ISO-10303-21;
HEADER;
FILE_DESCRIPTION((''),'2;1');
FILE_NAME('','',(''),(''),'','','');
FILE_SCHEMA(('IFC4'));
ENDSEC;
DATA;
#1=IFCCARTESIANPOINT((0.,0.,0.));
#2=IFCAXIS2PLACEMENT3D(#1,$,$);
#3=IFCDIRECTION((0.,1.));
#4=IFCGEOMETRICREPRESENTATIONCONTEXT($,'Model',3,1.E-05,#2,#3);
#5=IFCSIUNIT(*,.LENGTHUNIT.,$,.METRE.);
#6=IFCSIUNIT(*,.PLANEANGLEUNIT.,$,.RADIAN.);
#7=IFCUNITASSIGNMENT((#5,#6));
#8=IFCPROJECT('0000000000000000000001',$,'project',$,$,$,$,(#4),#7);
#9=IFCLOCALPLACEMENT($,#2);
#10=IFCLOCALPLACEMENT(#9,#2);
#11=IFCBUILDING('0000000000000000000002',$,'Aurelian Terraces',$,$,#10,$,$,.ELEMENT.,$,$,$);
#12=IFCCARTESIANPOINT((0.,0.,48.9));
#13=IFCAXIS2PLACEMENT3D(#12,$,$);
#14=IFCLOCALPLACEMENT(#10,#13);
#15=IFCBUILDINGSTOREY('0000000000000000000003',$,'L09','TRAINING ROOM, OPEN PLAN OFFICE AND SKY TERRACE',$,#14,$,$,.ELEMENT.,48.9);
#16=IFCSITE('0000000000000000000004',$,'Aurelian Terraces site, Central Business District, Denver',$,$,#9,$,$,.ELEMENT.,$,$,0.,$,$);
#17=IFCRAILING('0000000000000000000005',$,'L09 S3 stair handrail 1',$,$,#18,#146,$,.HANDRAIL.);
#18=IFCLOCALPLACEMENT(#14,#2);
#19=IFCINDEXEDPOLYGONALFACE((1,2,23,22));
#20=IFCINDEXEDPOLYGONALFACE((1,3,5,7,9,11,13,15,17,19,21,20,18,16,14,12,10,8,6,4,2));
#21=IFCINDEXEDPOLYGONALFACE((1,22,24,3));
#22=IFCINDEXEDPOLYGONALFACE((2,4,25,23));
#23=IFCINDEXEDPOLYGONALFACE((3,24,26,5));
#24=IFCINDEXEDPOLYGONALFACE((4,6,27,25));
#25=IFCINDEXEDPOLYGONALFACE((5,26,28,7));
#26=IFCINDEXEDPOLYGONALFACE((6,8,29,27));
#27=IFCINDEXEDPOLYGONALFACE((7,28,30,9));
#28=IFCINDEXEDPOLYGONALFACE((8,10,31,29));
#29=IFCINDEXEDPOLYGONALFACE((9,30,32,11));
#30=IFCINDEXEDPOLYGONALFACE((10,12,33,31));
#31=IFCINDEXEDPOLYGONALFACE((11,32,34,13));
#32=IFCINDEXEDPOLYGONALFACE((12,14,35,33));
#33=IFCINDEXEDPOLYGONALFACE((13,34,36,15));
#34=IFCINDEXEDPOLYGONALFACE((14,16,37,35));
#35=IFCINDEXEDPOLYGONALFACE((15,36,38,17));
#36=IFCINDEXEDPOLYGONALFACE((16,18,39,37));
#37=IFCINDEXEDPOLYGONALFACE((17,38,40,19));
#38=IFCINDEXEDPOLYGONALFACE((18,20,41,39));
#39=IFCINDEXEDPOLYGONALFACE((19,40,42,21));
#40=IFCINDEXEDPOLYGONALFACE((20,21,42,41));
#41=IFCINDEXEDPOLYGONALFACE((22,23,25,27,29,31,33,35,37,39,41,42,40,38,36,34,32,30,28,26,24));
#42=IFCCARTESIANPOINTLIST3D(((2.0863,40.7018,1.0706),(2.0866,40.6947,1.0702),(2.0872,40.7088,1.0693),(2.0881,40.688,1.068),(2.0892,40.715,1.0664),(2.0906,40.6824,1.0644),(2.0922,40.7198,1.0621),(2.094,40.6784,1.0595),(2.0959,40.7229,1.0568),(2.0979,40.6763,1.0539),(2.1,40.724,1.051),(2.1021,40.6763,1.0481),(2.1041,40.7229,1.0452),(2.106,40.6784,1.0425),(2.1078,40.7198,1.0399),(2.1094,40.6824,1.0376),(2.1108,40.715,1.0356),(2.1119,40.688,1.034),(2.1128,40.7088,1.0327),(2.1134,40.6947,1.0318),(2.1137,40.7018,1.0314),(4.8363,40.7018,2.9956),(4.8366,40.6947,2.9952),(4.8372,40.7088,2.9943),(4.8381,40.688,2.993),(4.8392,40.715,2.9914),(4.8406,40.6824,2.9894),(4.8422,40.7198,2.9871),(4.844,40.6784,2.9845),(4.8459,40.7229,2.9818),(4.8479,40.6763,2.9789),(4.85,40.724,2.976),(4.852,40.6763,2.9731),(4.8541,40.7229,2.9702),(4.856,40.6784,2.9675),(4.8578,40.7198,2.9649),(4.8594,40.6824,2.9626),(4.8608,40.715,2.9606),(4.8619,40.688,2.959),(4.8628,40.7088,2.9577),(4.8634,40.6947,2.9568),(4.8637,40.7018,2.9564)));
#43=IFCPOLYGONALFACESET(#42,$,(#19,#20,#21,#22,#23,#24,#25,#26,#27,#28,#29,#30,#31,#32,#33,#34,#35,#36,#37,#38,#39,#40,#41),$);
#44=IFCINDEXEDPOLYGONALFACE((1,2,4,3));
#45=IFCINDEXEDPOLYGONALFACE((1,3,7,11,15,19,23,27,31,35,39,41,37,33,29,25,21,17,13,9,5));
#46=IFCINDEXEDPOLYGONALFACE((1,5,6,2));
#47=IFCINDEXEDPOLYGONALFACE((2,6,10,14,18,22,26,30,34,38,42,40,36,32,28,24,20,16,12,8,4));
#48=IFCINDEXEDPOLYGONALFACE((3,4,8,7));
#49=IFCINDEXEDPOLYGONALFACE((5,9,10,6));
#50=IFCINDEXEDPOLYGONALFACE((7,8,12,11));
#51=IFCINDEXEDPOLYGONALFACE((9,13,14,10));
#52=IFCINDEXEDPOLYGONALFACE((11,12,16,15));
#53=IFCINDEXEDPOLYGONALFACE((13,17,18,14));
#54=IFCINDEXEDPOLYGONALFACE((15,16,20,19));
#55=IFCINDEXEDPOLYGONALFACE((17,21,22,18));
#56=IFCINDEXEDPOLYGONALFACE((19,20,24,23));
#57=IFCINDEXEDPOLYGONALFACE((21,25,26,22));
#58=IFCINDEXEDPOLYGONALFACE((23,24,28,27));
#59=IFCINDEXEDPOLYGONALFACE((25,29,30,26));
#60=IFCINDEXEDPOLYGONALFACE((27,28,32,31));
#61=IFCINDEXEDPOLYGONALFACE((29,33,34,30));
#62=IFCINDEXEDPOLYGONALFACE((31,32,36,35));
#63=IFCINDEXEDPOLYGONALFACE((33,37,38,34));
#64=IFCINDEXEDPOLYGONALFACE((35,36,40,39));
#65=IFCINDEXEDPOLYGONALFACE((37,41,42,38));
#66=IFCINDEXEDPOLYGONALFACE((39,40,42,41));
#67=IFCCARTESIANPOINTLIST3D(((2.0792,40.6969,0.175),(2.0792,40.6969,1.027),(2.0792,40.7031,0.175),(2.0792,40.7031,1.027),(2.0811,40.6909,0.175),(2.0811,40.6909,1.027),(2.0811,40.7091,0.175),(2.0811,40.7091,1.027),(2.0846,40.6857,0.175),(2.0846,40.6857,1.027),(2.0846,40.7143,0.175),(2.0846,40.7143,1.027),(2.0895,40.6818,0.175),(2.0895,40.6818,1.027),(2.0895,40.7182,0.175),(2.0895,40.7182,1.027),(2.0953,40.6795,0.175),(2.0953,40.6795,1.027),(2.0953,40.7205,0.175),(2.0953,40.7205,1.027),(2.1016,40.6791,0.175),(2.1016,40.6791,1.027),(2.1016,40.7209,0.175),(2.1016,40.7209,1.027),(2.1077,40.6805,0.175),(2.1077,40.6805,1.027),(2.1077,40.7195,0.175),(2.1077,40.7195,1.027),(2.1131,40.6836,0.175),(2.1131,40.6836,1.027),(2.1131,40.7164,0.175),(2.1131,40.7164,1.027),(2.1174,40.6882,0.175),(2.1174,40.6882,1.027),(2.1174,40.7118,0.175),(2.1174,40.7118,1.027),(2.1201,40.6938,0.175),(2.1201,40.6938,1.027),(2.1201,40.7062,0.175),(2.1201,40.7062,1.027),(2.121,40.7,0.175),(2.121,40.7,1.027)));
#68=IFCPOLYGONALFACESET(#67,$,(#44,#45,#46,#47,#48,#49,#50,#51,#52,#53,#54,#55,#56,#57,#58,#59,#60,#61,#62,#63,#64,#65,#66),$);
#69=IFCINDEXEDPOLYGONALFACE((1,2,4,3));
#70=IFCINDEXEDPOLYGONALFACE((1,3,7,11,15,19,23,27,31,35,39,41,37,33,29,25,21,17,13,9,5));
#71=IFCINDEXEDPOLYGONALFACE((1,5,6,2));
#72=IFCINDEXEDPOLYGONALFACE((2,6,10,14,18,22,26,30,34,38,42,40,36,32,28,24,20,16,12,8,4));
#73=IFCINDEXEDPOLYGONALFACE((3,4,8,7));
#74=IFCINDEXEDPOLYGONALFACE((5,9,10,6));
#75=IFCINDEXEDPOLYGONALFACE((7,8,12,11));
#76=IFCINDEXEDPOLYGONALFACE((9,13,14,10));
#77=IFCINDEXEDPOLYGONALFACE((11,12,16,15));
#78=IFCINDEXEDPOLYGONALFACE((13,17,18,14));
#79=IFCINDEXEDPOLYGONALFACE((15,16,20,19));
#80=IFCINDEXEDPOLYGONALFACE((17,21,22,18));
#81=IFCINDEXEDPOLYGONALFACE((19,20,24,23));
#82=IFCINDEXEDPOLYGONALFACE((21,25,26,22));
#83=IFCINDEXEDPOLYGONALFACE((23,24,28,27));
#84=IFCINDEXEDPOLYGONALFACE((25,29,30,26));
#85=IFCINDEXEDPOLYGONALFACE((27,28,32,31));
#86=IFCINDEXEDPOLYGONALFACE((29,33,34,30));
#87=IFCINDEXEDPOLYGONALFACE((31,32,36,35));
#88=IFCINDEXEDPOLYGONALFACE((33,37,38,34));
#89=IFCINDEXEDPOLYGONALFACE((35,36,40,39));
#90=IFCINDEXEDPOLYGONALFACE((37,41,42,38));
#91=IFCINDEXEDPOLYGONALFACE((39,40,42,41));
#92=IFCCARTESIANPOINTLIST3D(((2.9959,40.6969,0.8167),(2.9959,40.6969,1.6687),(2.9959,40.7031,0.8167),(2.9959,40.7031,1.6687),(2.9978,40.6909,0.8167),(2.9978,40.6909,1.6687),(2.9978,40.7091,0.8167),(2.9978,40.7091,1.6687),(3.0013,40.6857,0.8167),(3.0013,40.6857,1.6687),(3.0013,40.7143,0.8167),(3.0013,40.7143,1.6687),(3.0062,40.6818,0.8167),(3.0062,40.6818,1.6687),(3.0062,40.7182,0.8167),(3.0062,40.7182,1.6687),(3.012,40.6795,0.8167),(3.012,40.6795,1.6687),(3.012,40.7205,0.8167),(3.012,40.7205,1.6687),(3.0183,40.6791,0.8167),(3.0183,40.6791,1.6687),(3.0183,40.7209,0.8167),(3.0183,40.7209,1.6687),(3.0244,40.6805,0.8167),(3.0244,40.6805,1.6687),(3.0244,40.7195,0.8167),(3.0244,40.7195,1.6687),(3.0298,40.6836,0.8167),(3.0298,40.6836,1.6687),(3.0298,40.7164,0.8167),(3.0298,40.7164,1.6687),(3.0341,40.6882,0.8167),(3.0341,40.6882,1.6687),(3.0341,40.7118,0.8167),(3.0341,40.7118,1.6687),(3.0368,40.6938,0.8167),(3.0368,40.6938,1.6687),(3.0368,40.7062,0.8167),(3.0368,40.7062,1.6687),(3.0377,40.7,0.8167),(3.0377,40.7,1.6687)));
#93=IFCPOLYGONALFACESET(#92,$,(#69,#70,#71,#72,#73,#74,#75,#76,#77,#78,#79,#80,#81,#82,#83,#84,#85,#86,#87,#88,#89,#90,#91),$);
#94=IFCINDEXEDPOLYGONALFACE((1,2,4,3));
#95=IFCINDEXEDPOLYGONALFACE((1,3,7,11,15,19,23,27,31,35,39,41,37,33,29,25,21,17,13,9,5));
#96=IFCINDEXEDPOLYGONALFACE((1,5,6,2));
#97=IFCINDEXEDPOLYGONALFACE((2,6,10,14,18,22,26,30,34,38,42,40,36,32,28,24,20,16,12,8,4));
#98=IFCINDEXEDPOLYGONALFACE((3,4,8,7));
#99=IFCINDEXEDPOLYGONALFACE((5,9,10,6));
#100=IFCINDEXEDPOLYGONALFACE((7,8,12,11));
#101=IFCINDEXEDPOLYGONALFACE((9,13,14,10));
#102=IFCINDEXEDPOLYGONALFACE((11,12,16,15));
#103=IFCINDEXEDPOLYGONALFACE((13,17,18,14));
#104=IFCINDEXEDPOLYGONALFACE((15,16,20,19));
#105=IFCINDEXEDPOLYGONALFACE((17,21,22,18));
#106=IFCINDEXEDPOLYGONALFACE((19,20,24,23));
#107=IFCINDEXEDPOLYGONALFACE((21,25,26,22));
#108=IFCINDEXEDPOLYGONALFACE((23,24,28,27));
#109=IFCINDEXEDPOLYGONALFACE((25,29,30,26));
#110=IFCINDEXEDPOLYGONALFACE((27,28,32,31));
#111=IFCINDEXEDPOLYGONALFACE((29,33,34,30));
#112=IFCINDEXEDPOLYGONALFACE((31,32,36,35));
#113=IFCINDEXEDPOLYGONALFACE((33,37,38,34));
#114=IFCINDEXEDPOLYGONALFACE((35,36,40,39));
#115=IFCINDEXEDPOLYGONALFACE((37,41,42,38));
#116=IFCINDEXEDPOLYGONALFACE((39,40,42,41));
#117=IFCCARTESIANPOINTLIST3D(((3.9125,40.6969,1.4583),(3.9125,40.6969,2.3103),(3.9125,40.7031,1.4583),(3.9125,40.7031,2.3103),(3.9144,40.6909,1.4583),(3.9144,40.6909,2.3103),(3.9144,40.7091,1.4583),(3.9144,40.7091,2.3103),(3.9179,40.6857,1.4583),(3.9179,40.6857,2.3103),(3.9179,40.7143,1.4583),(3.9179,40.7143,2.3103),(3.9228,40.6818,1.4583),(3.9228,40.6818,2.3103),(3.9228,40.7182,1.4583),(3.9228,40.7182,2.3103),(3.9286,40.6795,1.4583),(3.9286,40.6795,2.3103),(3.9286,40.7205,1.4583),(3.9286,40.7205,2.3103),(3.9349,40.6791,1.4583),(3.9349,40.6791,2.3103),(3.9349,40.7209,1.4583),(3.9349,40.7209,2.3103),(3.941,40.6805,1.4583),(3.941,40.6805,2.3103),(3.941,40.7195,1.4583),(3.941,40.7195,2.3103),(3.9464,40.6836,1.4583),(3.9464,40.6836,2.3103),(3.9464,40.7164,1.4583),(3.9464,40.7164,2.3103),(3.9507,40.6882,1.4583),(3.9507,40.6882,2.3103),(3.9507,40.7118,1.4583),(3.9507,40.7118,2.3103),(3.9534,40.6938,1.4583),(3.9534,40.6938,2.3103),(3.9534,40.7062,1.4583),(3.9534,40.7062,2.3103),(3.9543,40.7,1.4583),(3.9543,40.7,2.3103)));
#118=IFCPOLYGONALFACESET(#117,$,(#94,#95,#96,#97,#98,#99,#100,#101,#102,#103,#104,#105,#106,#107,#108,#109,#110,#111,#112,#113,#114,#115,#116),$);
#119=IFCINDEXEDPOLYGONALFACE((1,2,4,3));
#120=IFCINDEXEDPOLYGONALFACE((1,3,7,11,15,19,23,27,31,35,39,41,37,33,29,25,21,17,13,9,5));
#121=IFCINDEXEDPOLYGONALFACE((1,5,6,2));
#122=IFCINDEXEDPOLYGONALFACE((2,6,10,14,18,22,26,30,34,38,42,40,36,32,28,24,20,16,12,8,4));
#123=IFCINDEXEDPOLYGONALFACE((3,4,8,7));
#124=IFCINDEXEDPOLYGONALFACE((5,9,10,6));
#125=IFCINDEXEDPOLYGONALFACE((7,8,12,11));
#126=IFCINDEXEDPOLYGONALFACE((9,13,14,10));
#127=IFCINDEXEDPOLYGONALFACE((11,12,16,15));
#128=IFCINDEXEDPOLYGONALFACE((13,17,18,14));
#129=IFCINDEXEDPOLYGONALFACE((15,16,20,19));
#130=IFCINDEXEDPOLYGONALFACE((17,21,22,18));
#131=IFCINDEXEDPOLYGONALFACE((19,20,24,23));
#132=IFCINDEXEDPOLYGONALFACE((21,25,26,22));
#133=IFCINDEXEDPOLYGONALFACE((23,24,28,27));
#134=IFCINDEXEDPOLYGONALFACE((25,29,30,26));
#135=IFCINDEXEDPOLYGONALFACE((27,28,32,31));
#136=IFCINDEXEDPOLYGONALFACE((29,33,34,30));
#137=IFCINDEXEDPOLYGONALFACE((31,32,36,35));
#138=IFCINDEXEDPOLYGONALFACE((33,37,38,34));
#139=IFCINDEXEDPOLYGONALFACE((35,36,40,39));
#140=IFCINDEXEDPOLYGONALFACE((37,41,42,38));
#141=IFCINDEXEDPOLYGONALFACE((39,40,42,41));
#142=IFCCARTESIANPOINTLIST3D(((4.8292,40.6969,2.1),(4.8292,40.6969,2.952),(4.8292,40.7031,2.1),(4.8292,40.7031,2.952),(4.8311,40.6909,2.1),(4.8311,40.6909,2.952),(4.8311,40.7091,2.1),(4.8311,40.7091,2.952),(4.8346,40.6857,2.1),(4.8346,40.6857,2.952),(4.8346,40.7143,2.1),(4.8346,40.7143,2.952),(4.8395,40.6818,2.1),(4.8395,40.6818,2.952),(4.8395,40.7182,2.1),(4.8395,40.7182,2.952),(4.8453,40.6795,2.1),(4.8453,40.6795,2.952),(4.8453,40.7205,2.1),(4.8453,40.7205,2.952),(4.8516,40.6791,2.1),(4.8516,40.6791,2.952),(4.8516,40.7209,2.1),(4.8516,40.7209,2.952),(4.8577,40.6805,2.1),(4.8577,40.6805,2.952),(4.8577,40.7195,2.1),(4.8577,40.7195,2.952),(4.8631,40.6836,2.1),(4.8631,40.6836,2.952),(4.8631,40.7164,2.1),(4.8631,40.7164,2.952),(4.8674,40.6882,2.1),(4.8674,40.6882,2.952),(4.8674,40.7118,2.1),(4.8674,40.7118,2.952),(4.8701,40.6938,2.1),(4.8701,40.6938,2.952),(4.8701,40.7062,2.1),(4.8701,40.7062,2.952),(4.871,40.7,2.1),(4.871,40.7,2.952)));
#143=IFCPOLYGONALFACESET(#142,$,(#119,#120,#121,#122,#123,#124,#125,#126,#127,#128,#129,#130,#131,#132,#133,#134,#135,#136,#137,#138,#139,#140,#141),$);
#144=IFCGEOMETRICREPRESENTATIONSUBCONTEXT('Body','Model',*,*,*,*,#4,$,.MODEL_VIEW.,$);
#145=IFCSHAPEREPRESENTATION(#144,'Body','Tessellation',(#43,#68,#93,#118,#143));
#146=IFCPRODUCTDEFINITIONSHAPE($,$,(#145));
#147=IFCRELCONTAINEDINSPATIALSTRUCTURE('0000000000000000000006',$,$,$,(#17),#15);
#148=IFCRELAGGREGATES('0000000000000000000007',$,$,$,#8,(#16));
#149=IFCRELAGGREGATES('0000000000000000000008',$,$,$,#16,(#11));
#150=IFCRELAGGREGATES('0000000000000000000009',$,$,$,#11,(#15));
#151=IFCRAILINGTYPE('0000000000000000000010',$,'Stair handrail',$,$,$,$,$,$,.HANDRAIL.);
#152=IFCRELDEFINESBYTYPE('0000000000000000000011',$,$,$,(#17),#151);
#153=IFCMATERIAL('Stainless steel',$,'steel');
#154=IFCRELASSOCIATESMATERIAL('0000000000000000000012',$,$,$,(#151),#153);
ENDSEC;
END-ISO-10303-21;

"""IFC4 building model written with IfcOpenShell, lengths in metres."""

from ifc_helpers import new_model, si_unit, direction, frame, origin, origin_2d, place, context, subcontext, project, spatial, circle, extrude, source, transform, mapped, material, type_object, element, save


model = new_model("IFC4")

# Units and contexts
model_context = context("Model", 3, precision=1e-05, world=origin(), true_north=direction((0.0, 1.0)))
body_context = subcontext(model_context, "Body", "Model", "MODEL_VIEW")
ifc_project = project(units=[si_unit("LENGTHUNIT", "METRE"), si_unit("PLANEANGLEUNIT", "RADIAN")], contexts=[model_context])

# Site, building, storey
site_placement = place(None, origin())
site = spatial("IfcSite", under=ifc_project, at=site_placement, Name="Aurelian Terraces site, Central Business District, Denver", CompositionType="ELEMENT", RefElevation=0.0)
building_placement = place(site_placement, origin())
building = spatial("IfcBuilding", under=site, at=building_placement, Name="Aurelian Terraces", CompositionType="ELEMENT")
storey_placement = place(building_placement, frame((0.0, 0.0, 48.9)))
storey = spatial("IfcBuildingStorey", under=building, at=storey_placement, Name="L09", Description="TRAINING ROOM, OPEN PLAN OFFICE AND SKY TERRACE", CompositionType="ELEMENT", Elevation=48.9)

# Railing
ifc_material_1 = material(Name="Stainless steel", Category="steel")
railing_type_1 = type_object("IfcRailingType", Name="Stair handrail", PredefinedType="HANDRAIL", material=ifc_material_1)
shared_shape_1 = source(origin(), body_context, "Body", "SweptSolid", [
    extrude(circle(Radius=0.024, at=origin_2d()), frame((0.0, 0.0, 0.876), z_axis=(0.819232, 0.0, 0.573462), x_axis=(0.0, 1.0, 0.0)), (0.0, 0.0, 1.0), 3.3568),
    extrude(circle(Radius=0.021, at=origin_2d()), origin(), (0.0, 0.0, 1.0), 0.852),
    extrude(circle(Radius=0.021, at=origin_2d()), frame((0.9167, 0.0, 0.6417)), (0.0, 0.0, 1.0), 0.852),
    extrude(circle(Radius=0.021, at=origin_2d()), frame((1.8333, 0.0, 1.2833)), (0.0, 0.0, 1.0), 0.852),
    extrude(circle(Radius=0.021, at=origin_2d()), frame((2.75, 0.0, 1.925)), (0.0, 0.0, 1.0), 0.852),
])
railing_1_placement = place(storey_placement, frame((2.1, 40.7, 0.175)))
element("IfcRailing", 1, at=railing_1_placement, inside=storey, type_object=railing_type_1, Name="L09 S3 stair handrail 1", PredefinedType="HANDRAIL", context=body_context, shape_type="MappedRepresentation", body=[
    mapped(shared_shape_1, transform((0.0, 0.0, 0.0), scale=1.0)),
])

save(model, "model.ifc")
